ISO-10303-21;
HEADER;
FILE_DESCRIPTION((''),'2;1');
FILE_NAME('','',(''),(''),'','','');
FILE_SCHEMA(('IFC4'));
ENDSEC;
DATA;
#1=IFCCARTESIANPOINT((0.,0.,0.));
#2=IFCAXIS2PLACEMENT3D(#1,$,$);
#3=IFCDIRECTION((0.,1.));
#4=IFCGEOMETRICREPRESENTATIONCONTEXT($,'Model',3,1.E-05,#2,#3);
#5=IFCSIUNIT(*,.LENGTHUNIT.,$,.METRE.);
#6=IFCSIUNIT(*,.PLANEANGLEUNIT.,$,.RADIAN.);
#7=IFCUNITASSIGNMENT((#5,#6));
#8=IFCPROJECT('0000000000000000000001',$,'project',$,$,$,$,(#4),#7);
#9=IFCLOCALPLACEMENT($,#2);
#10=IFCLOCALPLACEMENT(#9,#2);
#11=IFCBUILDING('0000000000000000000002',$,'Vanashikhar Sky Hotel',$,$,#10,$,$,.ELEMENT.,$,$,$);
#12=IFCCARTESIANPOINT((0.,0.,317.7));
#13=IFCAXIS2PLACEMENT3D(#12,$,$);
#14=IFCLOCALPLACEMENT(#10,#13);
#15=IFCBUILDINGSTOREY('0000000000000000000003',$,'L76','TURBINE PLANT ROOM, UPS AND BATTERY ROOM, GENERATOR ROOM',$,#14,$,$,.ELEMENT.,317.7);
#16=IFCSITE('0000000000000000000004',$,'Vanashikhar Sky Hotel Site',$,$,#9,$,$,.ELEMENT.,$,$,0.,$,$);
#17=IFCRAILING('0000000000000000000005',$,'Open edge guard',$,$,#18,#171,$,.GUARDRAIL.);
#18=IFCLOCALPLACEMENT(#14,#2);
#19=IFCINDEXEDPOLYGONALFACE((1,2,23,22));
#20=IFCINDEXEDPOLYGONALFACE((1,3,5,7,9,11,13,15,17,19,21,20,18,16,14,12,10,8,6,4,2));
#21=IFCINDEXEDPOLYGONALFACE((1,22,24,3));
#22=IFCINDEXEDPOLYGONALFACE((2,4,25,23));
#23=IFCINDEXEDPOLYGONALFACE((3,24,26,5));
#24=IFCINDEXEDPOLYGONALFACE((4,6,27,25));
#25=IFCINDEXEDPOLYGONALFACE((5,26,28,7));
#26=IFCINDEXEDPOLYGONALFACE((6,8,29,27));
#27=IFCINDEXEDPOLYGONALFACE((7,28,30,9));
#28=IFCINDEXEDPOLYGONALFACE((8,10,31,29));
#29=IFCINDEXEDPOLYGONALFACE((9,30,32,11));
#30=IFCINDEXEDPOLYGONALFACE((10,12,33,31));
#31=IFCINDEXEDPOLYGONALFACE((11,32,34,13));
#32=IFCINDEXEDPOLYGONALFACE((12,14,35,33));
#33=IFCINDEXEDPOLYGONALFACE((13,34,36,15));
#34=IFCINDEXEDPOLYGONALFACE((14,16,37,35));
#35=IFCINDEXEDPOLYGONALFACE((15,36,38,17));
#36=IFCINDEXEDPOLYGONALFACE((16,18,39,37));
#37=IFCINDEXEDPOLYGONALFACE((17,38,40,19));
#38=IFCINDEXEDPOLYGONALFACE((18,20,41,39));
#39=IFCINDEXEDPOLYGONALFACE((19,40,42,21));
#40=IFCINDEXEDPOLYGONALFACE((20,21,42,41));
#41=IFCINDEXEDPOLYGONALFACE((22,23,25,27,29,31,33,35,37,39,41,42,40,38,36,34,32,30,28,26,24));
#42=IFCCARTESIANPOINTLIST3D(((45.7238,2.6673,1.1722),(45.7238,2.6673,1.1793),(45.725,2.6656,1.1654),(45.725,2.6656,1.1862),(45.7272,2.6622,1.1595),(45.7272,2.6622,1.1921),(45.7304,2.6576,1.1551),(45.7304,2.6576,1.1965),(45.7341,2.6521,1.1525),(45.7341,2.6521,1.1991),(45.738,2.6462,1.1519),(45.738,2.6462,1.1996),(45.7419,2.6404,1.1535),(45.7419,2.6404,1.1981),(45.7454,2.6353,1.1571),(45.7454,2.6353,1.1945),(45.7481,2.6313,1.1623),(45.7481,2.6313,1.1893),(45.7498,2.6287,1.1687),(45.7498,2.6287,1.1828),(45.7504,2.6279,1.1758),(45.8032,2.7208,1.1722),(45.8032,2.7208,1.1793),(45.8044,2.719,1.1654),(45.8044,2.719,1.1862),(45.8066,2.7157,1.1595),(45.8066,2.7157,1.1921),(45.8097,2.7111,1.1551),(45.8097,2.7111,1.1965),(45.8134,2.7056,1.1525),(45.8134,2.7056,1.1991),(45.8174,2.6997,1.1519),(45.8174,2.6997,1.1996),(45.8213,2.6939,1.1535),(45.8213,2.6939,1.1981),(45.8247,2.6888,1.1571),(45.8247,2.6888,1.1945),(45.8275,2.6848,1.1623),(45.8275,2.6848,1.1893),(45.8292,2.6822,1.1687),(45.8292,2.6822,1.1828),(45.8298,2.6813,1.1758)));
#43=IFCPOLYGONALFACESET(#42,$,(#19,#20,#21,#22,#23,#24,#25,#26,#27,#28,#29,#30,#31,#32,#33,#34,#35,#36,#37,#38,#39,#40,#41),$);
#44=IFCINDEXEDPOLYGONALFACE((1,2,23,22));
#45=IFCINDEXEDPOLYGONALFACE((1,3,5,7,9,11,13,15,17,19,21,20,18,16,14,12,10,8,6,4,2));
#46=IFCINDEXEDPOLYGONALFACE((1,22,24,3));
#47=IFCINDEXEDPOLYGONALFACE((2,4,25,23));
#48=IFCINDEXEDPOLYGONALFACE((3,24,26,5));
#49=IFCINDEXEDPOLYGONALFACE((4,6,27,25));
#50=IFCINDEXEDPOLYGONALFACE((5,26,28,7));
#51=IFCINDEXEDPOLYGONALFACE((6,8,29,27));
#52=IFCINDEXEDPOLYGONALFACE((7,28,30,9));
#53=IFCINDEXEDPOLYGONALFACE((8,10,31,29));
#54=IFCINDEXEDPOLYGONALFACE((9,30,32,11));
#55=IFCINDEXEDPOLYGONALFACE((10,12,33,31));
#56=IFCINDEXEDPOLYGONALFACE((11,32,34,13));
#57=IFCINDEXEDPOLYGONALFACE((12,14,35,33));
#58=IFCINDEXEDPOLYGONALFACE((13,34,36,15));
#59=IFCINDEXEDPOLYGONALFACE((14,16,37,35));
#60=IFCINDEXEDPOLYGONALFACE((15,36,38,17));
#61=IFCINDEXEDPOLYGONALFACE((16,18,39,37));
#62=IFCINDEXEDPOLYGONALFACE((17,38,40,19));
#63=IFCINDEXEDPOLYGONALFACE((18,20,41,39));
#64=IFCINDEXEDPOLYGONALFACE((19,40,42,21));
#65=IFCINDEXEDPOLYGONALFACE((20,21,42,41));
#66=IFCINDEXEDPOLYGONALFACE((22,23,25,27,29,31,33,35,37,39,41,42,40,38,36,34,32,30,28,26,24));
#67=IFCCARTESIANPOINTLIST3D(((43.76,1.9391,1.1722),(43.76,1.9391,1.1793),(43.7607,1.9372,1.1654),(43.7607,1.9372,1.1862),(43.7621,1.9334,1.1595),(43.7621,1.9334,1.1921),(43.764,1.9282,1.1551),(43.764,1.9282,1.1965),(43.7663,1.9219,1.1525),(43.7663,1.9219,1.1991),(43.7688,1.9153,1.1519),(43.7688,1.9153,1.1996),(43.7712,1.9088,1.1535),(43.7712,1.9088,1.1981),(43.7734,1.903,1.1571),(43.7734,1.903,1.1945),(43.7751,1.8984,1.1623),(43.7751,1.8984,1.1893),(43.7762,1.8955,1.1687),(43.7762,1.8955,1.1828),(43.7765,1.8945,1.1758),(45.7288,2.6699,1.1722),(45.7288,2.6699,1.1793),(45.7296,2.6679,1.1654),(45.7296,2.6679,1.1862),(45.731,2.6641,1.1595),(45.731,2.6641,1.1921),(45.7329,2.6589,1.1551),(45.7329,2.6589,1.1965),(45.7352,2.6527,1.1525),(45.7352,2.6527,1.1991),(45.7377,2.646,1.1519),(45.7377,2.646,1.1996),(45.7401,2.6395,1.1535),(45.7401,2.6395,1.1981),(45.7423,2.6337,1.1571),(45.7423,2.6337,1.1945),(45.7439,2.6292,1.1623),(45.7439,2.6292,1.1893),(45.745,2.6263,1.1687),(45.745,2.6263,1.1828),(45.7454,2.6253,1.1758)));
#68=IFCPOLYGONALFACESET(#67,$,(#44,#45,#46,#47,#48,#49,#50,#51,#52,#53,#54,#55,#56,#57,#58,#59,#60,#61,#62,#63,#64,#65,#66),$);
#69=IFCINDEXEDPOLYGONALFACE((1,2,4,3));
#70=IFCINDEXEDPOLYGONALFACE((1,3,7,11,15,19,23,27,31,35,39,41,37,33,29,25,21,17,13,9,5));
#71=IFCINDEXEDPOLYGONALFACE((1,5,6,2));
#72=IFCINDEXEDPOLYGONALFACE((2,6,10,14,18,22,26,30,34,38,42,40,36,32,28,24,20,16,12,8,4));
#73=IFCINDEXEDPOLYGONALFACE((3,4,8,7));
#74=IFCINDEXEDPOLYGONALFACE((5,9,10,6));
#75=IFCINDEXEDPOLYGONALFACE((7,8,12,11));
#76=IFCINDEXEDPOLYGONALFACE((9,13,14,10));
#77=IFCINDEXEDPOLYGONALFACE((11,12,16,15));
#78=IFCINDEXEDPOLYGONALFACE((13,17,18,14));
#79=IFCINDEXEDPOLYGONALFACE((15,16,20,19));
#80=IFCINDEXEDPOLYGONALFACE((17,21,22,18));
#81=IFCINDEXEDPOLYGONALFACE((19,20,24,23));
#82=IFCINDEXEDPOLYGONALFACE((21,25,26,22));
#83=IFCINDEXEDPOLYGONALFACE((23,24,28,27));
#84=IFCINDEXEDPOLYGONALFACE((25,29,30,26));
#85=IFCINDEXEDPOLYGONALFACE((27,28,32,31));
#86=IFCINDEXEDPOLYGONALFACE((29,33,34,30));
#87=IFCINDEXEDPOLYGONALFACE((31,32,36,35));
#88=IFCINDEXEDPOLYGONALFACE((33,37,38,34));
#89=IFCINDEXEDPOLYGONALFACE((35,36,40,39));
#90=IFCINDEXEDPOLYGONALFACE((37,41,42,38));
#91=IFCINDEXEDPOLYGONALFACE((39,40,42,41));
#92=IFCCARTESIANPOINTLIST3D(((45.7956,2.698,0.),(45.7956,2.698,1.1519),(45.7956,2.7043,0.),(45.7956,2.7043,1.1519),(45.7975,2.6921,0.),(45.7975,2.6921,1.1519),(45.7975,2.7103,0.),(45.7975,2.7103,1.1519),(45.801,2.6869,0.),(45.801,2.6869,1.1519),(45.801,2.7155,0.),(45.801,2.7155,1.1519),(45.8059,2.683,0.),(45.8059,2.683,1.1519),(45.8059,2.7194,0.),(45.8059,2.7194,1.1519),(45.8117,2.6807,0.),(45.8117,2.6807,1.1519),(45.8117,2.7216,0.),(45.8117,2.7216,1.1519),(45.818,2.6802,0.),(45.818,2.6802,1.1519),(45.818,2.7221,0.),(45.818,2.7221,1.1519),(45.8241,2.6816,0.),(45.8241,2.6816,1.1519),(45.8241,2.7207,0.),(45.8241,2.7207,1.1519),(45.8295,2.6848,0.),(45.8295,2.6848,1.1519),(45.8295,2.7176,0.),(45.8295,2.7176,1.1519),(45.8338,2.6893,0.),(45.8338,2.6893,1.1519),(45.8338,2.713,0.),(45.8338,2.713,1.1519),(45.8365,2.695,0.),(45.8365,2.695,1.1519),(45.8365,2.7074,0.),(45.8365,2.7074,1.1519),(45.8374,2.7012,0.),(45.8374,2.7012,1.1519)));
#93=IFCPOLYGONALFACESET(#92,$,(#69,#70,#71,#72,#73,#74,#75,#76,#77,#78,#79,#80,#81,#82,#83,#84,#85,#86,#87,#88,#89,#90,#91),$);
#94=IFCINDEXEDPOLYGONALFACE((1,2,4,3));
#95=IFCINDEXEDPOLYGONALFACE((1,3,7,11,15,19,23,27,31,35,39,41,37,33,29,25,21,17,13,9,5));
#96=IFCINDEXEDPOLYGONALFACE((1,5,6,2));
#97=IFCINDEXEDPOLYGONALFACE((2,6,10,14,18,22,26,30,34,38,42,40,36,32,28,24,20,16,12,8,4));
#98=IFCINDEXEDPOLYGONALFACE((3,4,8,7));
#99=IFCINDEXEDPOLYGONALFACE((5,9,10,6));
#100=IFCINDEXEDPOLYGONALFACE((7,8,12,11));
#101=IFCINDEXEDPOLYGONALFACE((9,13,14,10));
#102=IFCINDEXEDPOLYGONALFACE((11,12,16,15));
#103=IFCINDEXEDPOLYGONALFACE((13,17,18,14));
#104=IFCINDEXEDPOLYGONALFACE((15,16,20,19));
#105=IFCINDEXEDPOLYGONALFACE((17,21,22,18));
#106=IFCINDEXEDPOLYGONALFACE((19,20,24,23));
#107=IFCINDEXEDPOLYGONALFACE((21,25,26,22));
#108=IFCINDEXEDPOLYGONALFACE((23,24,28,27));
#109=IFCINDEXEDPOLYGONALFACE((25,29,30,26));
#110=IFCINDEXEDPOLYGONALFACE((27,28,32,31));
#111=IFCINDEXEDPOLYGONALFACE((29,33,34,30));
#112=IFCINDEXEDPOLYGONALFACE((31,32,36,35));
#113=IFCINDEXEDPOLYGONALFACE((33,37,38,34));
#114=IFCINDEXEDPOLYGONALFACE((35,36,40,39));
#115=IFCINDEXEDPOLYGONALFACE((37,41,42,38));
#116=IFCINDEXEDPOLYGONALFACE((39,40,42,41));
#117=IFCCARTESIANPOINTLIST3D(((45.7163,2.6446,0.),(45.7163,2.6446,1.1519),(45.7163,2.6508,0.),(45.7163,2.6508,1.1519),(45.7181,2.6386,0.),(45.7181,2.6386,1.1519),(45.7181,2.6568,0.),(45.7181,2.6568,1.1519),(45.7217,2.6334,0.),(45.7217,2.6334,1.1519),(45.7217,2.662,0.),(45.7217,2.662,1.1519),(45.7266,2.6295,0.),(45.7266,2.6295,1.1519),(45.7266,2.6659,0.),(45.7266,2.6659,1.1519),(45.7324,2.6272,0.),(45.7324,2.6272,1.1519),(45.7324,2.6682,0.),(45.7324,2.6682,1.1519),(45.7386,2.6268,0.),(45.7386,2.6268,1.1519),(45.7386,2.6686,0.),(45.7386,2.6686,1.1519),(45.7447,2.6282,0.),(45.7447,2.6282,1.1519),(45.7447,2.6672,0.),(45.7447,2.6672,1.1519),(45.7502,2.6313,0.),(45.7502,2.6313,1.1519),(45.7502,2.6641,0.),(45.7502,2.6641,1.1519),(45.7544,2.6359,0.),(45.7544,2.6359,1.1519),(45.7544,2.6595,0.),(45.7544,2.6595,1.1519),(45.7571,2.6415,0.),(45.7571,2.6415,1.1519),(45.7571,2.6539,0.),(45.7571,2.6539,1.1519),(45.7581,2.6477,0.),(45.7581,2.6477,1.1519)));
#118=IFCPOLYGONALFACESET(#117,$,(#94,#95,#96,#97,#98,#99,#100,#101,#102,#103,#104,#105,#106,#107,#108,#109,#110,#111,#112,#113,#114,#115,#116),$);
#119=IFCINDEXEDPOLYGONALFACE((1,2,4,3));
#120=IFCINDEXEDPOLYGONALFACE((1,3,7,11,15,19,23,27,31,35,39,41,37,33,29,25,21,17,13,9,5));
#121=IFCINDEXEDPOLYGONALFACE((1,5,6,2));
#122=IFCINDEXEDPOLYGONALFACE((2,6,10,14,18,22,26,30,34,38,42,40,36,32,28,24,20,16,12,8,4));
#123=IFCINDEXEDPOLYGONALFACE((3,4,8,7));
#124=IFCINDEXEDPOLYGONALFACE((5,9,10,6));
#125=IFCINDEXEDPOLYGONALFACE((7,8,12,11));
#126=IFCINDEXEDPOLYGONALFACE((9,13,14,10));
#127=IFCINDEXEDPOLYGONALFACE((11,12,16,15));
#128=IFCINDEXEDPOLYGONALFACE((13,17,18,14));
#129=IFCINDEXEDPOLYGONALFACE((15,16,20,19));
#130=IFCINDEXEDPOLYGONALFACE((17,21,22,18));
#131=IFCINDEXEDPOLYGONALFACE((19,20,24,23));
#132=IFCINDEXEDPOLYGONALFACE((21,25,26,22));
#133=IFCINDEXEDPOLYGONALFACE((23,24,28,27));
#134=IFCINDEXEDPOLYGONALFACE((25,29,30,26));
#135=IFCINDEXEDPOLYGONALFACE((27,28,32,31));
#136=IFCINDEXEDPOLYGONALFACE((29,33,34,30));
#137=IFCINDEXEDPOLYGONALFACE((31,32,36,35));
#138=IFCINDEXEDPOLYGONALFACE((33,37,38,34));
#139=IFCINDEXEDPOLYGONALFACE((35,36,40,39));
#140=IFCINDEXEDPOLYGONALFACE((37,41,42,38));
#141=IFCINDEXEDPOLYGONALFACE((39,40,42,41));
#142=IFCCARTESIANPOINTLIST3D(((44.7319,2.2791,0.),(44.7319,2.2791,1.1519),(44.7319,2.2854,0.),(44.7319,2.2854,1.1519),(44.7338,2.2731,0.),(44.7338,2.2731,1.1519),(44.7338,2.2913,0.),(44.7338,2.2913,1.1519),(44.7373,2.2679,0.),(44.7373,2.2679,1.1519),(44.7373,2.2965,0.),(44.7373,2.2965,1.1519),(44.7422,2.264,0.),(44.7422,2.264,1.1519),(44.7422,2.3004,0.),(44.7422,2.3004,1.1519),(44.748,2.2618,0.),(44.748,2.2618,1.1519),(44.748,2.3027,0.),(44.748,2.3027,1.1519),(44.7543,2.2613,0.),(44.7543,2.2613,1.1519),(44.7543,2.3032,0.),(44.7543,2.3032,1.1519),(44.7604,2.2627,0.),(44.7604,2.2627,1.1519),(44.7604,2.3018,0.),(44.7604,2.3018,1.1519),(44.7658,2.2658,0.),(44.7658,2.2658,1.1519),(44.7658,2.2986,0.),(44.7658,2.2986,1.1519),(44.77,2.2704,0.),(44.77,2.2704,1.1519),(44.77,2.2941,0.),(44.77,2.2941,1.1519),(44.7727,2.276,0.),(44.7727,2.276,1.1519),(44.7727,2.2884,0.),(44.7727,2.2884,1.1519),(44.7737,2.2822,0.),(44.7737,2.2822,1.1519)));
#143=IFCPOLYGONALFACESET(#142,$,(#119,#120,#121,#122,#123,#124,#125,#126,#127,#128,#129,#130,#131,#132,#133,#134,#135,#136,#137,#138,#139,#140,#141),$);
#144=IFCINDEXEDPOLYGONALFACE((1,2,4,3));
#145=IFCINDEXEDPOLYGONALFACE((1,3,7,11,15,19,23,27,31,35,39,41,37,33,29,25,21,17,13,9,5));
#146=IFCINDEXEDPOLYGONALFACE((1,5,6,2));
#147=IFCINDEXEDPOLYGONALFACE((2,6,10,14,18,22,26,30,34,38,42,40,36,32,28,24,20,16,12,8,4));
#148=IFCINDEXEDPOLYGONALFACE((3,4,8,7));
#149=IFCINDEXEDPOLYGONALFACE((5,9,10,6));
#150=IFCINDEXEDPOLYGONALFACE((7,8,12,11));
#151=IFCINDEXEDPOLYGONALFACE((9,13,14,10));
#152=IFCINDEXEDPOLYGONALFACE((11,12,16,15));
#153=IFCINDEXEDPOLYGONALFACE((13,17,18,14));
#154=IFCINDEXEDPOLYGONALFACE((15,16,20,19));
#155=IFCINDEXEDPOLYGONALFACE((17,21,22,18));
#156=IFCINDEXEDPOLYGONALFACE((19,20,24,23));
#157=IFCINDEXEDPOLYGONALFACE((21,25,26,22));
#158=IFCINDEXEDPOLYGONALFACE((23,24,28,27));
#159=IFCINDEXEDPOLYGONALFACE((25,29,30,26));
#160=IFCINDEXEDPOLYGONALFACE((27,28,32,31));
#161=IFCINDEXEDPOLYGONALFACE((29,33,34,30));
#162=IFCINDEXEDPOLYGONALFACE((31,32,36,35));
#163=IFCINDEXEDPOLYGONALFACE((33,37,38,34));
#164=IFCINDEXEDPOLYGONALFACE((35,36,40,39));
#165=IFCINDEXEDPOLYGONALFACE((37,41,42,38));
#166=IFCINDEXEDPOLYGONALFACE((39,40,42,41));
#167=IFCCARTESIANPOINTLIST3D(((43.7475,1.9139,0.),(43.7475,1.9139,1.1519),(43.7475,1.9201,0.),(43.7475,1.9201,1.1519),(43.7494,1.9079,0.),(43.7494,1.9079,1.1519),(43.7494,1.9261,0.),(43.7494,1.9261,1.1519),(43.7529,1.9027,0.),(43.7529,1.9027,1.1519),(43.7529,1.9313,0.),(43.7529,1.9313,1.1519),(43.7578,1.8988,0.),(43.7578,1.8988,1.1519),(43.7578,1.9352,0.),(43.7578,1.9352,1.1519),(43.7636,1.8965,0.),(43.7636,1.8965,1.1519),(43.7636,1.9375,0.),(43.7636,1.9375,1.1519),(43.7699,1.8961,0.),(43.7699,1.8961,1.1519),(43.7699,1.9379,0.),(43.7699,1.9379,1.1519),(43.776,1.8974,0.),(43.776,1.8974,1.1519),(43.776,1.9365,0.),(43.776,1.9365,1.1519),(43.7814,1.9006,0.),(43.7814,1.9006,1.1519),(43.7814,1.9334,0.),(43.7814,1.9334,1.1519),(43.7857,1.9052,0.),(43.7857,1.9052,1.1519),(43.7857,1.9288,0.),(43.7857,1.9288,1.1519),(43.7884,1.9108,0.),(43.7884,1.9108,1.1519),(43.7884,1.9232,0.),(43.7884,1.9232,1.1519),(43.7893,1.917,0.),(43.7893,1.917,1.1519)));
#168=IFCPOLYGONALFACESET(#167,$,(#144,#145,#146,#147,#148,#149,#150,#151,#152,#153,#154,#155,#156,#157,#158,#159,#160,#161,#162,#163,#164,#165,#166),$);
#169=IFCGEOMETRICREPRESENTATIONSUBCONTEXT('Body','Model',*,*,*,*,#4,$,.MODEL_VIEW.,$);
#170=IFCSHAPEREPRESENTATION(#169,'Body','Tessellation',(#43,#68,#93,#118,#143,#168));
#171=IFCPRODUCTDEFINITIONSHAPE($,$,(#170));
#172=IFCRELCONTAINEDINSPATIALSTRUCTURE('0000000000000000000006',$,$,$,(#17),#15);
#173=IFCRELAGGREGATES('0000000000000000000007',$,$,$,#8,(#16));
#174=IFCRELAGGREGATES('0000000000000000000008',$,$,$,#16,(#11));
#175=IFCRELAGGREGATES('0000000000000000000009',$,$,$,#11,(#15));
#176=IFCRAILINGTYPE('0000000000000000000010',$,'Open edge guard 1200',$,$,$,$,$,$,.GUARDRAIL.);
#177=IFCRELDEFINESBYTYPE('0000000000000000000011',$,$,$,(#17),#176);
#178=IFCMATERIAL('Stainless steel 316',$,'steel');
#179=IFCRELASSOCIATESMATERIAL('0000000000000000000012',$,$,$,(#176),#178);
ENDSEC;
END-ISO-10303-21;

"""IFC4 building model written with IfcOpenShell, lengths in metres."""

from ifc_helpers import new_model, si_unit, direction, frame, origin, origin_2d, place, context, subcontext, project, spatial, circle, extrude, source, transform, mapped, material, type_object, element, save


model = new_model("IFC4")

# Units and contexts
model_context = context("Model", 3, precision=1e-05, world=origin(), true_north=direction((0.0, 1.0)))
body_context = subcontext(model_context, "Body", "Model", "MODEL_VIEW")
ifc_project = project(units=[si_unit("LENGTHUNIT", "METRE"), si_unit("PLANEANGLEUNIT", "RADIAN")], contexts=[model_context])

# Site, building, storey
site_placement = place(None, origin())
site = spatial("IfcSite", under=ifc_project, at=site_placement, Name="Vanashikhar Sky Hotel Site", CompositionType="ELEMENT", RefElevation=0.0)
building_placement = place(site_placement, origin())
building = spatial("IfcBuilding", under=site, at=building_placement, Name="Vanashikhar Sky Hotel", CompositionType="ELEMENT")
storey_placement = place(building_placement, frame((0.0, 0.0, 317.7)))
storey = spatial("IfcBuildingStorey", under=building, at=storey_placement, Name="L76", Description="TURBINE PLANT ROOM, UPS AND BATTERY ROOM, GENERATOR ROOM", CompositionType="ELEMENT", Elevation=317.7)

# Railing
ifc_material_1 = material(Name="Stainless steel 316", Category="steel")
railing_type = type_object("IfcRailingType", Name="Open edge guard 1200", PredefinedType="GUARDRAIL", material=ifc_material_1)
shared_shape_1 = source(origin(), body_context, "Body", "SweptSolid", [
    extrude(circle(Radius=0.0239, at=origin_2d()), frame((0.0, 0.0, 1.1758), z_axis=(-0.829292, -0.558815, 0.0), x_axis=(0.558815, -0.829292, 0.0)), (0.0, 0.0, 1.0), 0.0957),
    extrude(circle(Radius=0.0239, at=origin_2d()), frame((-0.0793, -0.0535, 1.1758), z_axis=(-0.937509, -0.347962, 0.0), x_axis=(0.347962, -0.937509, 0.0)), (0.0, 0.0, 1.0), 2.1001),
    extrude(circle(Radius=0.021, at=origin_2d()), origin(), (0.0, 0.0, 1.0), 1.1519),
    extrude(circle(Radius=0.021, at=origin_2d()), frame((-0.0793, -0.0535, 0.0)), (0.0, 0.0, 1.0), 1.1519),
    extrude(circle(Radius=0.021, at=origin_2d()), frame((-1.0637, -0.4189, 0.0)), (0.0, 0.0, 1.0), 1.1519),
    extrude(circle(Radius=0.021, at=origin_2d()), frame((-2.0481, -0.7842, 0.0)), (0.0, 0.0, 1.0), 1.1519),
])
railing_1_placement = place(storey_placement, frame((45.8164, 2.7012, 0.0)))
element("IfcRailing", 1, at=railing_1_placement, inside=storey, type_object=railing_type, Name="Open edge guard", PredefinedType="GUARDRAIL", context=body_context, shape_type="MappedRepresentation", body=[
    mapped(shared_shape_1, transform((0.0, 0.0, 0.0), scale=1.0)),
])

save(model, "model.ifc")
